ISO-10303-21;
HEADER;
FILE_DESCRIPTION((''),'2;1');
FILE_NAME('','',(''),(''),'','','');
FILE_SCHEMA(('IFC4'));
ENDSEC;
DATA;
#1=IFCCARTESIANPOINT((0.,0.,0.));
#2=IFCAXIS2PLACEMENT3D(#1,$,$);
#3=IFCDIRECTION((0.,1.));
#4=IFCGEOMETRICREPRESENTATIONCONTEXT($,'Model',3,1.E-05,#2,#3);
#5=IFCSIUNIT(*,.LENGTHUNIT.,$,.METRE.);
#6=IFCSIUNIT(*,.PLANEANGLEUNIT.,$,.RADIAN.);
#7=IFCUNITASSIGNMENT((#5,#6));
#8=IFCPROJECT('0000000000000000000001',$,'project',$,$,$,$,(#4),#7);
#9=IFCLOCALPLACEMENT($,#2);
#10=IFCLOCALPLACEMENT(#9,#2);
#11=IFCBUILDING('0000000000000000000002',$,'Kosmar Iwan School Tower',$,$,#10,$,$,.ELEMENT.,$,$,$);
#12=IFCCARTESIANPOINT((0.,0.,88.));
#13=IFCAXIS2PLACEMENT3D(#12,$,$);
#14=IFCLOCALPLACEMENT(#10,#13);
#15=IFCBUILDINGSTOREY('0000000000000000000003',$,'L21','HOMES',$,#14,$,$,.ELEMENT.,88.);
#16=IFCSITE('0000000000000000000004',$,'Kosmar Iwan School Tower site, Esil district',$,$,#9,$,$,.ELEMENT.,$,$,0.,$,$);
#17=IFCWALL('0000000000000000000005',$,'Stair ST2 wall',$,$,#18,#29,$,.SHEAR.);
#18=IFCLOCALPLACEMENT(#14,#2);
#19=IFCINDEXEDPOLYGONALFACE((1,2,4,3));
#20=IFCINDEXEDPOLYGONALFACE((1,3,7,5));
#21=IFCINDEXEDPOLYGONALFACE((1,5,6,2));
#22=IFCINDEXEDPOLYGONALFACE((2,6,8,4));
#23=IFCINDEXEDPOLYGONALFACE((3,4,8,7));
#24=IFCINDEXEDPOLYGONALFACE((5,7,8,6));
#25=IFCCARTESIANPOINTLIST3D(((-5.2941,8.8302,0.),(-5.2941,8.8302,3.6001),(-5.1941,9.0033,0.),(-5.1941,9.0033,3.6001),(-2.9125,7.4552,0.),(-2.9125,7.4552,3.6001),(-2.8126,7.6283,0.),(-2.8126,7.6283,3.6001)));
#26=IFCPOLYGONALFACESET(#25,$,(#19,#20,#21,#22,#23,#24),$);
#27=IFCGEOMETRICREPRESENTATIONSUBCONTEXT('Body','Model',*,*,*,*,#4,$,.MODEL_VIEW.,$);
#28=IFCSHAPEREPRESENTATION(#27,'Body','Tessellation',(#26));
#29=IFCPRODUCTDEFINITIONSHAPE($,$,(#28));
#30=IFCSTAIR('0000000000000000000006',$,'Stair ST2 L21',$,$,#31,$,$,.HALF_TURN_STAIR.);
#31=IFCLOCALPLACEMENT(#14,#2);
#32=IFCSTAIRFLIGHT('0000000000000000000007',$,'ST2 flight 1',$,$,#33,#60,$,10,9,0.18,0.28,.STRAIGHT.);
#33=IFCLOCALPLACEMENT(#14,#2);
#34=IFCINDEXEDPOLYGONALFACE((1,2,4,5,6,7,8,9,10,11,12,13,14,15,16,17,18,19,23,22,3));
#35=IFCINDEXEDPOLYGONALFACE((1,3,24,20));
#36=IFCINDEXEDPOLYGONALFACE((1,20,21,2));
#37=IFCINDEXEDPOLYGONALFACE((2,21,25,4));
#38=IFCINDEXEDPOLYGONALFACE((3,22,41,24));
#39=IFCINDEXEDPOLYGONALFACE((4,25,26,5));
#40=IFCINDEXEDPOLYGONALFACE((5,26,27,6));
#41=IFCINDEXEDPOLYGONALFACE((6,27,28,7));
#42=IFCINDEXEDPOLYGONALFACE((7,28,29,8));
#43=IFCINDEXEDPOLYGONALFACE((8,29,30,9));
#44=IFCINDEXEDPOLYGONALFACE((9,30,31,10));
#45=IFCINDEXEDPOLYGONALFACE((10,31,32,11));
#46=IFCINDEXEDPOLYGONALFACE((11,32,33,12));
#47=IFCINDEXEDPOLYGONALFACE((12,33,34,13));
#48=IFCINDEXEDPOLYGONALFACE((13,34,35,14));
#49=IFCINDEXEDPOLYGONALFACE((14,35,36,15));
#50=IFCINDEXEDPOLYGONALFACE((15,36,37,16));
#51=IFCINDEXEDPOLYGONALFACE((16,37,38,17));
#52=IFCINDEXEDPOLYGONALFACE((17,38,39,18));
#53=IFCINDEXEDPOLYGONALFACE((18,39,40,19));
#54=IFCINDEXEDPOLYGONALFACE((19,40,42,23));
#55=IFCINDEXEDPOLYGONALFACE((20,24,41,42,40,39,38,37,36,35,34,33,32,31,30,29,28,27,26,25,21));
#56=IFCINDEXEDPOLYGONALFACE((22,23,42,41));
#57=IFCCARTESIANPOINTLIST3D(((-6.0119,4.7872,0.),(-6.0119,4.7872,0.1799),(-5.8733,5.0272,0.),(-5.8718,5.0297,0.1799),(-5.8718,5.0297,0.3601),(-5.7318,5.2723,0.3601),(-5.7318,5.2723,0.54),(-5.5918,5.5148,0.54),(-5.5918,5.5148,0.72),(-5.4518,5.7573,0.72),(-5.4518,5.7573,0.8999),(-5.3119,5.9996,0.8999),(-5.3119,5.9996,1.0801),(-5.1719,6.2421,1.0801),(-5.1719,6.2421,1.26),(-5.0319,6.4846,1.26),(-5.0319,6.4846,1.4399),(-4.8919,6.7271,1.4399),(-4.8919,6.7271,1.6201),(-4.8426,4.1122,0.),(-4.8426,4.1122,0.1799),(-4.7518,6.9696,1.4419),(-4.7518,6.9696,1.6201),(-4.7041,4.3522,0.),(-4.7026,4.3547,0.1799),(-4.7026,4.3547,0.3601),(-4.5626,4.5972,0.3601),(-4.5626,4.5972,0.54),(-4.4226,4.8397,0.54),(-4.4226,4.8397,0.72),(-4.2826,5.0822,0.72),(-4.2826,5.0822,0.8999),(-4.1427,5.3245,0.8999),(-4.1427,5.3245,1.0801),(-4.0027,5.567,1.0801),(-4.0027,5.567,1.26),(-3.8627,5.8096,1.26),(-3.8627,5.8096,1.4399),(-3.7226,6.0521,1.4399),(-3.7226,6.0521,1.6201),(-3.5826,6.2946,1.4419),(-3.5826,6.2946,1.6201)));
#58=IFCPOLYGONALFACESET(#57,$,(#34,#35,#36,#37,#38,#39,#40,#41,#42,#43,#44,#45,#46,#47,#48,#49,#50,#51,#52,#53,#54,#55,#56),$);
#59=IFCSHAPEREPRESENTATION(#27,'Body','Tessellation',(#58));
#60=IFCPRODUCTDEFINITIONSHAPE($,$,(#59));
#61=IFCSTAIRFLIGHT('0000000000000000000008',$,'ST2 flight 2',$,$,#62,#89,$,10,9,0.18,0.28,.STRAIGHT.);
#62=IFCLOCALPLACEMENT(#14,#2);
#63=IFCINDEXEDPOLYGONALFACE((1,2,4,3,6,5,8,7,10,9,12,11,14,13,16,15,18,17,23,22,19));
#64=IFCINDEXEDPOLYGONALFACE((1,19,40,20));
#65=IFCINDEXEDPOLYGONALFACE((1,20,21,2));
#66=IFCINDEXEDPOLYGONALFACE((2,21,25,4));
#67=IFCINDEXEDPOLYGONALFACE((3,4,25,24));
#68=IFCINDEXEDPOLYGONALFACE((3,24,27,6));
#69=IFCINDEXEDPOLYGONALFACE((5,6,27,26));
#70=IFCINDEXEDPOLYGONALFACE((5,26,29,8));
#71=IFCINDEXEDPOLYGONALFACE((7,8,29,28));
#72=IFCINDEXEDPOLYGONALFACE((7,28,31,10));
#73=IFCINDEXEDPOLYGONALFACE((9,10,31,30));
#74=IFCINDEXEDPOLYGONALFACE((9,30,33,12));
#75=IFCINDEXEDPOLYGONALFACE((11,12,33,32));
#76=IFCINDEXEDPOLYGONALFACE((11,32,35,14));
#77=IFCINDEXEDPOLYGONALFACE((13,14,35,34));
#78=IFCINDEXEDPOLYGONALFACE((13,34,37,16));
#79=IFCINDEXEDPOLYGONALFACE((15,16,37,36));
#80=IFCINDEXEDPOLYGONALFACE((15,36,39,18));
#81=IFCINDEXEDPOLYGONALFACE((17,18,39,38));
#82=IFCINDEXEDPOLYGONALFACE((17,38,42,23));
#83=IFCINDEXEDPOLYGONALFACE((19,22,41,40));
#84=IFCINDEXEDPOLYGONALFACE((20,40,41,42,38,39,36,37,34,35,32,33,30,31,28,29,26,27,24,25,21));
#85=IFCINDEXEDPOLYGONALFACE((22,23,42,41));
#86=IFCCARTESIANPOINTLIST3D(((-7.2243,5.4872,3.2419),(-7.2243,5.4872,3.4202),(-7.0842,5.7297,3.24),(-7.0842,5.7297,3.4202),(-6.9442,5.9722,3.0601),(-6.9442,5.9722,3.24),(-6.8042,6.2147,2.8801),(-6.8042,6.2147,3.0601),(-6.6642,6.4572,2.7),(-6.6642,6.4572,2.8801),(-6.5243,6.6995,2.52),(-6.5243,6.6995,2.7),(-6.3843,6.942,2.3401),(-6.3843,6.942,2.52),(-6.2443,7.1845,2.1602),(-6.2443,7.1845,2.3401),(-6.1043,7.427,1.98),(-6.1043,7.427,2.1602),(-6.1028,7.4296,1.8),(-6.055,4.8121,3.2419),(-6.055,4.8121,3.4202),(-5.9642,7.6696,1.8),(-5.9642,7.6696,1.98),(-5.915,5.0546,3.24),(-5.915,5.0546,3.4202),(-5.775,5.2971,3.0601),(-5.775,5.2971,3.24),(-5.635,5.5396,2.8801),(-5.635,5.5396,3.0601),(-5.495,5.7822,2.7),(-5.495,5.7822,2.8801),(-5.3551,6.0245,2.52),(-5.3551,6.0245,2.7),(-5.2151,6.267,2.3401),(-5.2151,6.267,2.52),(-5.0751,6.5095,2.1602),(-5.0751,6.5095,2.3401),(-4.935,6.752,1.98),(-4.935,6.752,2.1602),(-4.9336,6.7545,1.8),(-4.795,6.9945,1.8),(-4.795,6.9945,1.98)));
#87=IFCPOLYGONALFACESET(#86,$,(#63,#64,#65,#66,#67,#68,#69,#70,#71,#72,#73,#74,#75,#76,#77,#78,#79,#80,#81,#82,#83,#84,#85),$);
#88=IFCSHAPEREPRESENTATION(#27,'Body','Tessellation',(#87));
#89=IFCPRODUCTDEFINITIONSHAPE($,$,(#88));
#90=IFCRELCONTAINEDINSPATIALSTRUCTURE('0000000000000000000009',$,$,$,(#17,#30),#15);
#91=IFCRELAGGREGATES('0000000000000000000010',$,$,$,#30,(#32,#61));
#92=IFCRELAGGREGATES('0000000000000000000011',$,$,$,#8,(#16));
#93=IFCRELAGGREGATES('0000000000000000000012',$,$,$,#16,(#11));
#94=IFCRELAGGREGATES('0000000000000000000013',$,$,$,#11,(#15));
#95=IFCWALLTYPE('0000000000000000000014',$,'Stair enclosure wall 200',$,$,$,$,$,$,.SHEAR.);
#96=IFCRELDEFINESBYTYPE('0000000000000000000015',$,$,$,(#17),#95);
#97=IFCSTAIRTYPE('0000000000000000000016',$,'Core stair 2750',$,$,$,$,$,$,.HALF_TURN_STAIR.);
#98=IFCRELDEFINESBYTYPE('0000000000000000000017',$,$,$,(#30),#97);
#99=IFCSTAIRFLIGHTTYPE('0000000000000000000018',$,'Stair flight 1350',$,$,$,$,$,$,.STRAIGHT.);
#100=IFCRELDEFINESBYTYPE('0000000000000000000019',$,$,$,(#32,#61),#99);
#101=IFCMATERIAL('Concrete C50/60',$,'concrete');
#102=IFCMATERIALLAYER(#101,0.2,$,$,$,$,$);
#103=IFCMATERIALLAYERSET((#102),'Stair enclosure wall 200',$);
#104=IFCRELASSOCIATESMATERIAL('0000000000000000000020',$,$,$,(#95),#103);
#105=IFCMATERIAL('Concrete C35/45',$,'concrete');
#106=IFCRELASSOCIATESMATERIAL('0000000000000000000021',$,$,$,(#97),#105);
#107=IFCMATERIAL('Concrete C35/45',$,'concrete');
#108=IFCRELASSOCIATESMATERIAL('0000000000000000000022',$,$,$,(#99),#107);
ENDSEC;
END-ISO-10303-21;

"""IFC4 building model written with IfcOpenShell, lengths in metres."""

from ifc_helpers import new_model, si_unit, direction, frame, frame_2d, origin, place, context, subcontext, project, spatial, polyline, rectangle, outline, extrude, material, layer, layer_set, type_object, element, aggregate, save


model = new_model("IFC4")

# Units and contexts
model_context = context("Model", 3, precision=1e-05, world=origin(), true_north=direction((0.0, 1.0)))
body_context = subcontext(model_context, "Body", "Model", "MODEL_VIEW")
ifc_project = project(units=[si_unit("LENGTHUNIT", "METRE"), si_unit("PLANEANGLEUNIT", "RADIAN")], contexts=[model_context])

# Site, building, storey
site_placement = place(None, origin())
site = spatial("IfcSite", under=ifc_project, at=site_placement, Name="Kosmar Iwan School Tower site, Esil district", CompositionType="ELEMENT", RefElevation=0.0)
building_placement = place(site_placement, origin())
building = spatial("IfcBuilding", under=site, at=building_placement, Name="Kosmar Iwan School Tower", CompositionType="ELEMENT")
storey_placement = place(building_placement, frame((0.0, 0.0, 88.0)))
storey = spatial("IfcBuildingStorey", under=building, at=storey_placement, Name="L21", Description="HOMES", CompositionType="ELEMENT", Elevation=88.0)

# Wall
ifc_material_1 = material(Name="Concrete C50/60", Category="concrete")
ifc_layer_1 = layer(ifc_material_1, 0.2)
ifc_layer_set_1 = layer_set([ifc_layer_1], Name="Stair enclosure wall 200")
wall_type_1 = type_object("IfcWallType", Name="Stair enclosure wall 200", PredefinedType="SHEAR", material=ifc_layer_set_1)
wall_1_placement = place(storey_placement, frame((-2.8625, 7.5417, 0.0), z_axis=(0.0, 0.0, 1.0), x_axis=(-0.866027, 0.499997, 0.0)))
element("IfcWall", 1, at=wall_1_placement, inside=storey, type_object=wall_type_1, Name="Stair ST2 wall", PredefinedType="SHEAR", context=body_context, shape_type="SweptSolid", body=[
    extrude(rectangle(XDim=2.75, YDim=0.2, at=frame_2d((1.375, 0.0))), origin(), (0.0, 0.0, 1.0), 3.6001),
])

# Stair, stair flights
ifc_material_2 = material(Name="Concrete C35/45", Category="concrete")
stair_type = type_object("IfcStairType", Name="Core stair 2750", PredefinedType="HALF_TURN_STAIR", material=ifc_material_2)
stair_placement = place(storey_placement, origin())
stair = element("IfcStair", 2, at=stair_placement, inside=storey, type_object=stair_type, Name="Stair ST2 L21", PredefinedType="HALF_TURN_STAIR")
ifc_material_3 = material(Name="Concrete C35/45", Category="concrete")
stair_flight_type = type_object("IfcStairFlightType", Name="Stair flight 1350", PredefinedType="STRAIGHT", material=ifc_material_3)
stair_flight_1_placement = place(storey_placement, frame((-5.4272, 4.4497, 0.0), z_axis=(0.0, 0.0, 1.0), x_axis=(0.5, 0.866025, 0.0)))
stair_flight_1 = element("IfcStairFlight", 3, at=stair_flight_1_placement, type_object=stair_flight_type, Name="ST2 flight 1", NumberOfRisers=10, NumberOfTreads=9, PredefinedType="STRAIGHT", RiserHeight=0.18, TreadLength=0.28, context=body_context, shape_type="SweptSolid", body=[
    extrude(outline(polyline([(0.0, 0.0), (0.0, 0.1799), (0.28, 0.1799), (0.28, 0.3601), (0.5601, 0.3601), (0.5601, 0.54), (0.8401, 0.54), (0.8401, 0.72), (1.1201, 0.72), (1.1201, 0.8999), (1.3999, 0.8999), (1.3999, 1.0801), (1.6799, 1.0801), (1.6799, 1.26), (1.96, 1.26), (1.96, 1.4399), (2.24, 1.4399), (2.24, 1.6201), (2.52, 1.6201), (2.52, 1.8), (2.52, 1.4419), (0.2771, 0.0), (0.0, 0.0)])), frame((0.0, 0.675, 0.0), z_axis=(0.0, -1.0, 0.0), x_axis=(1.0, 0.0, 0.0)), (0.0, 0.0, 1.0), 1.3501),
])
stair_flight_2_placement = place(storey_placement, frame((-5.3796, 7.332, 1.8), z_axis=(0.0, 0.0, 1.0), x_axis=(-0.5, -0.866025, 0.0)))
stair_flight_2 = element("IfcStairFlight", 4, at=stair_flight_2_placement, type_object=stair_flight_type, Name="ST2 flight 2", NumberOfRisers=10, NumberOfTreads=9, PredefinedType="STRAIGHT", RiserHeight=0.18, TreadLength=0.28, context=body_context, shape_type="SweptSolid", body=[
    extrude(outline(polyline([(0.0, 0.0), (0.0, 0.1799), (0.28, 0.1799), (0.28, 0.3601), (0.5601, 0.3601), (0.5601, 0.54), (0.8401, 0.54), (0.8401, 0.72), (1.1201, 0.72), (1.1201, 0.8999), (1.3999, 0.8999), (1.3999, 1.0801), (1.6799, 1.0801), (1.6799, 1.26), (1.96, 1.26), (1.96, 1.4399), (2.24, 1.4399), (2.24, 1.6201), (2.52, 1.6201), (2.52, 1.8), (2.52, 1.4419), (0.2771, 0.0), (0.0, 0.0)])), frame((0.0, 0.675, 0.0), z_axis=(0.0, -1.0, 0.0), x_axis=(1.0, 0.0, 0.0)), (0.0, 0.0, 1.0), 1.3501),
])
aggregate(stair, [stair_flight_1, stair_flight_2])

save(model, "model.ifc")
